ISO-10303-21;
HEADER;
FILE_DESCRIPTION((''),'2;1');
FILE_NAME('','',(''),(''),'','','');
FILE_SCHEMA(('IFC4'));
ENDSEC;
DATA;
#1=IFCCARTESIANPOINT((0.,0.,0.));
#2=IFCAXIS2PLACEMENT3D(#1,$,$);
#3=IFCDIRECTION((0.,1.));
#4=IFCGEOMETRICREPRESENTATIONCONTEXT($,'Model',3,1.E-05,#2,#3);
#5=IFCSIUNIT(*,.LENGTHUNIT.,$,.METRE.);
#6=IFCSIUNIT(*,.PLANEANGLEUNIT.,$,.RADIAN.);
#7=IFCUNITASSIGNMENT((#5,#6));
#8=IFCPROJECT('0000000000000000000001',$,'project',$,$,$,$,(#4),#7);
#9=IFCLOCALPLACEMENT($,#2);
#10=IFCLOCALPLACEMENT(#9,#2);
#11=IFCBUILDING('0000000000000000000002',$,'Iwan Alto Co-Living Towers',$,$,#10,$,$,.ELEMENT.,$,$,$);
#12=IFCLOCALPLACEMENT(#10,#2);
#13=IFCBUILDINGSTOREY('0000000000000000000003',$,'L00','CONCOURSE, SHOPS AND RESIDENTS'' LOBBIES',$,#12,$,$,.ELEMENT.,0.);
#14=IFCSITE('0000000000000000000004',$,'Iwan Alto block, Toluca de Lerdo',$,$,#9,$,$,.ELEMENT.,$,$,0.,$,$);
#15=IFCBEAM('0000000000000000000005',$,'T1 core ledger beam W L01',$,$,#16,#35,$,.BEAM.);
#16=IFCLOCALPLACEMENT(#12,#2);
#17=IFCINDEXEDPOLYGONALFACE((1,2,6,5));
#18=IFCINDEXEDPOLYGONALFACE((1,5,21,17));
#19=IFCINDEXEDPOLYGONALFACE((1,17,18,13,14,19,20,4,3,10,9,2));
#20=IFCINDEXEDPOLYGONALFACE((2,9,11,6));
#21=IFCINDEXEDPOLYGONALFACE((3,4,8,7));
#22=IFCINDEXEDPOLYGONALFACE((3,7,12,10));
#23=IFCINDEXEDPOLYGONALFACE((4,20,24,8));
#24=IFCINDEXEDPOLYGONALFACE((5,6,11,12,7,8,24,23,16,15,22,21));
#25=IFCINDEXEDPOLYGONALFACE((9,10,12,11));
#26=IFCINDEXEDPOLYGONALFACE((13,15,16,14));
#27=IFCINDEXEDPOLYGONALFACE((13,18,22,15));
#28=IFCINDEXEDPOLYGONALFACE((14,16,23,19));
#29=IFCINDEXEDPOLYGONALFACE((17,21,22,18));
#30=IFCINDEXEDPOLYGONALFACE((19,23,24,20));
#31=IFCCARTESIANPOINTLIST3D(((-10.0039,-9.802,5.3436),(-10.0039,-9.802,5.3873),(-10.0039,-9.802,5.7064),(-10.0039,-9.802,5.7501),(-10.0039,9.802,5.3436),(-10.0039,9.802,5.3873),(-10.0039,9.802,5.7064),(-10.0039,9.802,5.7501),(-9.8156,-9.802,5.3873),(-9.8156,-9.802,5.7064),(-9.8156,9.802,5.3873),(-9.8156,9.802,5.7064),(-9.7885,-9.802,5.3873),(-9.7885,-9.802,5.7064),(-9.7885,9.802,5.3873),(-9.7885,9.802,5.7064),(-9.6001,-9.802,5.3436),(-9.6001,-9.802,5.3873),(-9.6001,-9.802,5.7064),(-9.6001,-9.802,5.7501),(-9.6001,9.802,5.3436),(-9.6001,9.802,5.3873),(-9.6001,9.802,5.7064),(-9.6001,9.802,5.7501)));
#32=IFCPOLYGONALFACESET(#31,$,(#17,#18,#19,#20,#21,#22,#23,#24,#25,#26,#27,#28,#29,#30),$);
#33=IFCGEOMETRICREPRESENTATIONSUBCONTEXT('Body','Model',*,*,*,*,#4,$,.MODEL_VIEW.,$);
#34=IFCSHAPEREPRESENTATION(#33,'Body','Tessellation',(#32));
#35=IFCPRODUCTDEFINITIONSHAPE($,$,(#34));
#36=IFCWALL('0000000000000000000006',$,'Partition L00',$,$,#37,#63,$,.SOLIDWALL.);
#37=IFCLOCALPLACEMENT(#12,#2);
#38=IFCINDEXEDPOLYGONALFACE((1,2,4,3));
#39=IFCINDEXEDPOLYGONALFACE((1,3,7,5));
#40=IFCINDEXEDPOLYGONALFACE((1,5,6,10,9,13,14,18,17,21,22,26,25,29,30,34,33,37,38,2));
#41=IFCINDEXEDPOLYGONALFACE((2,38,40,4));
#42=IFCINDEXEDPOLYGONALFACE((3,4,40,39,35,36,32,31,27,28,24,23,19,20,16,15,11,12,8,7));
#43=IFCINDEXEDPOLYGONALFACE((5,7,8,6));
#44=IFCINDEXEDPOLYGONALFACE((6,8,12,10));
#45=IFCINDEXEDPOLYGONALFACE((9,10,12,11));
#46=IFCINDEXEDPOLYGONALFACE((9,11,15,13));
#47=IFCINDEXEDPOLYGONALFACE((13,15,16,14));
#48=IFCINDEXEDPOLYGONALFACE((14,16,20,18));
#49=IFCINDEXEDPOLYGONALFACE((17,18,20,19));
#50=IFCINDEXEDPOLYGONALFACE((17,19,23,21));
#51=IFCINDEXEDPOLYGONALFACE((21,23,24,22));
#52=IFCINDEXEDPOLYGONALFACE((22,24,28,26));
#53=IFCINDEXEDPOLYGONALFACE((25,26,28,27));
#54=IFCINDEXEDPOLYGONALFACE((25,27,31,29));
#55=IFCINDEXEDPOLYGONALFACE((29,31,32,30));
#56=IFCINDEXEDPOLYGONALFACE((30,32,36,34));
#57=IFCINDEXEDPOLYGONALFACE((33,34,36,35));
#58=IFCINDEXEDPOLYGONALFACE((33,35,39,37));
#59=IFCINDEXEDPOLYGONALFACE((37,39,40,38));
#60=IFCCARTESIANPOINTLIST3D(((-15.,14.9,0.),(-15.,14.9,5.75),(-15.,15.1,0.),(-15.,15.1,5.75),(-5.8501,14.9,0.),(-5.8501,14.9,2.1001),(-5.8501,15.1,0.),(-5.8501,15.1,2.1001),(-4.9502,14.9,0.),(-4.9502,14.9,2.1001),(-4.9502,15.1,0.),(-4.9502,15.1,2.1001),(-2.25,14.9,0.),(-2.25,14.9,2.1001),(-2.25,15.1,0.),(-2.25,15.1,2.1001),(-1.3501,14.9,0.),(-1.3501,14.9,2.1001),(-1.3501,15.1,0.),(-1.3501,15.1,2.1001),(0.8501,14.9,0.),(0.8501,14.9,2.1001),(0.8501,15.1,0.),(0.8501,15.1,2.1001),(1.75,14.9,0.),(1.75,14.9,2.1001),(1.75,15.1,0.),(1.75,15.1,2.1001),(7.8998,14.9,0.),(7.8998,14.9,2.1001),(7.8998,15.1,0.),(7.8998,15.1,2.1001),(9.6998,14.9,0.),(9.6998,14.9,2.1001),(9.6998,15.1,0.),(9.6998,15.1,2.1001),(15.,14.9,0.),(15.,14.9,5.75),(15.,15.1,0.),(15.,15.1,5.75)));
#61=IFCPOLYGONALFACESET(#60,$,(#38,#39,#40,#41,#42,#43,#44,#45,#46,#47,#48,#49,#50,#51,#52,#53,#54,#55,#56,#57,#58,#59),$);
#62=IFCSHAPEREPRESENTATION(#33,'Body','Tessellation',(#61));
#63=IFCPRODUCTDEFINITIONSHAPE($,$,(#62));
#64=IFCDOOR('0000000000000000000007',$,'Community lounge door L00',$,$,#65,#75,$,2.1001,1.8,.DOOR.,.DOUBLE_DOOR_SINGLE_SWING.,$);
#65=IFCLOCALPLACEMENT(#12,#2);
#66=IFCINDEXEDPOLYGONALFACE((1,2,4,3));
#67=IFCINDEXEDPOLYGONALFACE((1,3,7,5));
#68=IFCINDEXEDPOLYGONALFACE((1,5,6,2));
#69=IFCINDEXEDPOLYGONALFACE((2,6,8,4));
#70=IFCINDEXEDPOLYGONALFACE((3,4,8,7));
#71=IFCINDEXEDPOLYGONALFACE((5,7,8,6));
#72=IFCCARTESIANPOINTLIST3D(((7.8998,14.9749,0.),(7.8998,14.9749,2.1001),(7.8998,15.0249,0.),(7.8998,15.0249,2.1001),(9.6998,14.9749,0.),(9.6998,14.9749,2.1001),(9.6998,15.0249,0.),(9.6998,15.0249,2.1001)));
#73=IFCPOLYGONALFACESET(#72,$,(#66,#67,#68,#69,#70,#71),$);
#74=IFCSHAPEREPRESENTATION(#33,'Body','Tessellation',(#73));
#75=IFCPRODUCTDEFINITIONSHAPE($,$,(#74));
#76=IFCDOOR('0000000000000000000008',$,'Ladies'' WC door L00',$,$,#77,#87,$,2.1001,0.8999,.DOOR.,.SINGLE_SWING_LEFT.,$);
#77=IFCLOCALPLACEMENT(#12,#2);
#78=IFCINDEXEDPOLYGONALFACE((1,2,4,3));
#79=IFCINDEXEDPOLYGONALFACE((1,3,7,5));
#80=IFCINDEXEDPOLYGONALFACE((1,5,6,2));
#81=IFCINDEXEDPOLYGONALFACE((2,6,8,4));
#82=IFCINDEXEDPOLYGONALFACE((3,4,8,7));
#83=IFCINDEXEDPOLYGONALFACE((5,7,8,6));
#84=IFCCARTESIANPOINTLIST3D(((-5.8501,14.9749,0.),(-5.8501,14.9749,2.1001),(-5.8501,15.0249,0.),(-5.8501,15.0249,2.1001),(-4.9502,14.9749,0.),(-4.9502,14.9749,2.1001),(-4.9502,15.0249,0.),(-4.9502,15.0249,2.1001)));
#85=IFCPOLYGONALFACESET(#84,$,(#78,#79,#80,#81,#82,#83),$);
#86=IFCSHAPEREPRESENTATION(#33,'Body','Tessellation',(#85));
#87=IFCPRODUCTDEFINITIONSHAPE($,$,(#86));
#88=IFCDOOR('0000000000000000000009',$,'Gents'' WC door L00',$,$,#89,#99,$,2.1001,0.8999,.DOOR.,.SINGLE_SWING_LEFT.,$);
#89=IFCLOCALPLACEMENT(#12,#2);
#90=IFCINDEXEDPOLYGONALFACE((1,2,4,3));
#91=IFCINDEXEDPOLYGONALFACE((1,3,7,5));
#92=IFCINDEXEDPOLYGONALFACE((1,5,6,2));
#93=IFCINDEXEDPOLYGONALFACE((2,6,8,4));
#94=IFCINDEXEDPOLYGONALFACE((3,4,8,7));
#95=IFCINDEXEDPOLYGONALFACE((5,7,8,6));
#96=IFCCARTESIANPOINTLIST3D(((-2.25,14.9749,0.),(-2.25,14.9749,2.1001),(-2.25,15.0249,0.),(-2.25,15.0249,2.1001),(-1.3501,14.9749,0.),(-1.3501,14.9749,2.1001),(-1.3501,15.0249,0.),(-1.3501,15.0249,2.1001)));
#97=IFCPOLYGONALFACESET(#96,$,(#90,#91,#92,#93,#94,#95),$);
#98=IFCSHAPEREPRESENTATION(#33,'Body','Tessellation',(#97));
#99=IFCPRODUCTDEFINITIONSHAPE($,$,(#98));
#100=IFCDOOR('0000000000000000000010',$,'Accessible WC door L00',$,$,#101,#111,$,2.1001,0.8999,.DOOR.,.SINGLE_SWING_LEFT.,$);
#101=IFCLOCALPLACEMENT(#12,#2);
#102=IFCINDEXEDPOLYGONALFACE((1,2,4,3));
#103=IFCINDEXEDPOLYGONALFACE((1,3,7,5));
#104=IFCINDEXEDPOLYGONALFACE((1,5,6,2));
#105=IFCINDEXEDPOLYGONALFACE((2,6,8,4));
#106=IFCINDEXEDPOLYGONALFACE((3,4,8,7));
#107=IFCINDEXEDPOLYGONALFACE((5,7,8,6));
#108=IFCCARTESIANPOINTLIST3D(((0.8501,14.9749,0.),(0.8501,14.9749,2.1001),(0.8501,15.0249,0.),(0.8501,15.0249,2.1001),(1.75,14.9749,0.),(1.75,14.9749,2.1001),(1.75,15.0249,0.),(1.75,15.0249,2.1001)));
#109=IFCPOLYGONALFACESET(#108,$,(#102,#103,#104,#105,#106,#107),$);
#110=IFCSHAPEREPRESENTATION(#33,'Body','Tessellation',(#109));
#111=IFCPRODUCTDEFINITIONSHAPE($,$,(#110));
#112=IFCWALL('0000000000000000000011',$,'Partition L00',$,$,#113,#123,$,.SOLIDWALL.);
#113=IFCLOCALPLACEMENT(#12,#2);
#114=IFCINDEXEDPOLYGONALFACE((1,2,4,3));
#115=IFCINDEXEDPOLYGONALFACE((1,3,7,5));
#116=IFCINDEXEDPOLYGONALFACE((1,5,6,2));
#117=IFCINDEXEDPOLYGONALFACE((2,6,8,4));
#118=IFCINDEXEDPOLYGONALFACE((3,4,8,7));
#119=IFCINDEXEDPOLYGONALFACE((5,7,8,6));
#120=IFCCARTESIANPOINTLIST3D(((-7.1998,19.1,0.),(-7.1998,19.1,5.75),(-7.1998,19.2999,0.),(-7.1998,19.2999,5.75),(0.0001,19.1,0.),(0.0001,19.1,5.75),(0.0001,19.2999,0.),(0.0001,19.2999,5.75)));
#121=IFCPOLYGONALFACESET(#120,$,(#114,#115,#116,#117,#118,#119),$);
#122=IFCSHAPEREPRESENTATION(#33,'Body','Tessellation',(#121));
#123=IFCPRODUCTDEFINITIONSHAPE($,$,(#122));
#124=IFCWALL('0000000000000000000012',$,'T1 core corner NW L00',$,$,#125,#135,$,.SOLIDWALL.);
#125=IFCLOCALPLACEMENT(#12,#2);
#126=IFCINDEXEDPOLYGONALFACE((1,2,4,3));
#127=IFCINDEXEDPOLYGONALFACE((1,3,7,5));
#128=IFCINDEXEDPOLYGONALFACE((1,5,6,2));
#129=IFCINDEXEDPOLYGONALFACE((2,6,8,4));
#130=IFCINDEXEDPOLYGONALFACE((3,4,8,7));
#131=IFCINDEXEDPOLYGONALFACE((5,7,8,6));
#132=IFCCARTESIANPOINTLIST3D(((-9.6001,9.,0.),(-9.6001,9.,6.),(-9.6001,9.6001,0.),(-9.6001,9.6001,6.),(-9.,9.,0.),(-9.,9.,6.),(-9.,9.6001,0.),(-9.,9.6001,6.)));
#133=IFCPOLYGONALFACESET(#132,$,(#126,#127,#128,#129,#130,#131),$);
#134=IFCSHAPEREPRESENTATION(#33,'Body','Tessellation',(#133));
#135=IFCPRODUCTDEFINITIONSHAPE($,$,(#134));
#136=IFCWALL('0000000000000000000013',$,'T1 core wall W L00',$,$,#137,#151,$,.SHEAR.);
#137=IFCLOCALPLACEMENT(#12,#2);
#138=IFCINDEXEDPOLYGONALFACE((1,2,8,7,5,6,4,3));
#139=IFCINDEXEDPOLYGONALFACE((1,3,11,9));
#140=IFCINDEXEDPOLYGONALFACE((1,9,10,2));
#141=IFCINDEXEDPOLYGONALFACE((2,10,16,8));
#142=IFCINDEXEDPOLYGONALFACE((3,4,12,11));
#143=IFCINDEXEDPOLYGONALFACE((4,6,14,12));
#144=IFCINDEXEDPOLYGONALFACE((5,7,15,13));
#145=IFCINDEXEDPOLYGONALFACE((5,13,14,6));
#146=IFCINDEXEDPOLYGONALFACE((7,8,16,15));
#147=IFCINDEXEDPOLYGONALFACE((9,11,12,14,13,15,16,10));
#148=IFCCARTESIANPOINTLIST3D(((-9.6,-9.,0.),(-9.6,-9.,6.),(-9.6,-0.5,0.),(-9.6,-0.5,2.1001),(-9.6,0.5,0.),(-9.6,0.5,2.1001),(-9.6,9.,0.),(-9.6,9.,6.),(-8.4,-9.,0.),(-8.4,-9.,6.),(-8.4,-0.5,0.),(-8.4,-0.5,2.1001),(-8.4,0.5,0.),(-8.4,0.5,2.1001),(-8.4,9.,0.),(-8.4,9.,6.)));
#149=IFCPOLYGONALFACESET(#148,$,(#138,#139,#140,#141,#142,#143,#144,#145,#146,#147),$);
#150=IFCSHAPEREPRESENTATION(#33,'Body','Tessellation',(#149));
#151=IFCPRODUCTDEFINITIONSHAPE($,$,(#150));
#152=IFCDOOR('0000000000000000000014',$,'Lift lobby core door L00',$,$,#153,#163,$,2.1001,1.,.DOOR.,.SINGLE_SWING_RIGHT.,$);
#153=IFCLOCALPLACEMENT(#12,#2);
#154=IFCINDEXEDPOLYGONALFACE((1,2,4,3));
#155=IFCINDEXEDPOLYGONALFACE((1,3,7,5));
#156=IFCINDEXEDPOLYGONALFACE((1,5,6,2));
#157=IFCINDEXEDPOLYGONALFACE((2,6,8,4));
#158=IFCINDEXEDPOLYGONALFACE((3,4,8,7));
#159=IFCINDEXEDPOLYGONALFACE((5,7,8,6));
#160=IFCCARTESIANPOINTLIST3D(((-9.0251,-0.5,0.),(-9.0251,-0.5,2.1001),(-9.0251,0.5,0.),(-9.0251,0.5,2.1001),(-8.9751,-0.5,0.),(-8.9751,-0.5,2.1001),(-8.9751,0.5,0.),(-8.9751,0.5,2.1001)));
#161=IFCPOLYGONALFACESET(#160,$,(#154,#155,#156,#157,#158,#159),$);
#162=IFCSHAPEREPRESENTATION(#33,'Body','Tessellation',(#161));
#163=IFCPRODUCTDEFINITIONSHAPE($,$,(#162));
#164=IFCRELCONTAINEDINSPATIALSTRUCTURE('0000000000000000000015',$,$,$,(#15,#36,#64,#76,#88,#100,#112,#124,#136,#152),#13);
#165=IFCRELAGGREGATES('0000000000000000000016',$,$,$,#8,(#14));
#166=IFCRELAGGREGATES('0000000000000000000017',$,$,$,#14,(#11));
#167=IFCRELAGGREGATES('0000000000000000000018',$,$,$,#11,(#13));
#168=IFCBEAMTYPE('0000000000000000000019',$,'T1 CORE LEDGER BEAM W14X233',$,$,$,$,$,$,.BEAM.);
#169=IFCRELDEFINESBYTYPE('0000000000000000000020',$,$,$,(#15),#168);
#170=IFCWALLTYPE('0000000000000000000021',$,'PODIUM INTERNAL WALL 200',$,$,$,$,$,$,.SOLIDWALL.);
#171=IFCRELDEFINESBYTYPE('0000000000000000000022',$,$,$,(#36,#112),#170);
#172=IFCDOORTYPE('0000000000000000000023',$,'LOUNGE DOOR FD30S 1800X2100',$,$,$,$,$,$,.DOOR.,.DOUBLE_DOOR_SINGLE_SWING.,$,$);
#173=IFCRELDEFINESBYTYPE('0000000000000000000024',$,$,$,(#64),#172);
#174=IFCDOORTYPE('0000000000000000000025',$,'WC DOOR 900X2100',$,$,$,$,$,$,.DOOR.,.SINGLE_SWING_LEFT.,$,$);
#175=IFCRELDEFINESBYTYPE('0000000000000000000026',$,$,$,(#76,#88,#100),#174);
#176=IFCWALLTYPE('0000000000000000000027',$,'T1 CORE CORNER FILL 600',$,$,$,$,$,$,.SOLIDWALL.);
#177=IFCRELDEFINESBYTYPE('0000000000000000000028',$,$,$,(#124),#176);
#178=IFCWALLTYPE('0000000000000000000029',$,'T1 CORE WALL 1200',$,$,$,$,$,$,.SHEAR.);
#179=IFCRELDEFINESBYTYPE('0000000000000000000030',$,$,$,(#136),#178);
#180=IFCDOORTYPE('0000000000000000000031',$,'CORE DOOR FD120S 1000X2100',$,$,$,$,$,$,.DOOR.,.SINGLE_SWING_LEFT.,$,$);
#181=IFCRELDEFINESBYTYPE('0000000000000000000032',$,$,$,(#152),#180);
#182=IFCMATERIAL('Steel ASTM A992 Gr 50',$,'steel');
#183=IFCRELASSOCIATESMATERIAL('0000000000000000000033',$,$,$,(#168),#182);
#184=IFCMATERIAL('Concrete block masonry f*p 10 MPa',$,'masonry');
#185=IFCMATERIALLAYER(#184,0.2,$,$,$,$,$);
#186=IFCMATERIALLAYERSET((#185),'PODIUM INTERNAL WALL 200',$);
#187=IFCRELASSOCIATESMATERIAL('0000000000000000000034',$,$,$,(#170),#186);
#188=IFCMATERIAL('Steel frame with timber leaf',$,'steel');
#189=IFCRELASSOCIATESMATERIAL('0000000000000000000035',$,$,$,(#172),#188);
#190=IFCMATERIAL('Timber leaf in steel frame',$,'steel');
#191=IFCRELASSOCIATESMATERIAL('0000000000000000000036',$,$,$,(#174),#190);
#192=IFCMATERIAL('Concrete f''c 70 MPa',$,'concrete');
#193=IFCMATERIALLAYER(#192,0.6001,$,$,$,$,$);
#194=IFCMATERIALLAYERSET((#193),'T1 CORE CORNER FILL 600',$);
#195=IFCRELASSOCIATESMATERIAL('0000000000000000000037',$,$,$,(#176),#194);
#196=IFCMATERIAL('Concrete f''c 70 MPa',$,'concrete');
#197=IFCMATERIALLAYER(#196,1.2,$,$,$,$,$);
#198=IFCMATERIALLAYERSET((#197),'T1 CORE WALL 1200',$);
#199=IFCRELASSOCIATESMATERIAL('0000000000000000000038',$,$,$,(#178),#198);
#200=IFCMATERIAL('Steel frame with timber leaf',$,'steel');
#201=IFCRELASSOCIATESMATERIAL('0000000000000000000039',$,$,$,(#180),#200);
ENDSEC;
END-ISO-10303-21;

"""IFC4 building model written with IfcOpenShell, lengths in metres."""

from ifc_helpers import new_model, si_unit, direction, frame, frame_2d, origin, origin_2d, place, context, subcontext, project, spatial, rectangle, i_section, extrude, material, layer, layer_set, material_profile, profile_set, type_object, element, fill, save


model = new_model("IFC4")

# Units and contexts
model_context = context("Model", 3, precision=1e-05, world=origin(), true_north=direction((0.0, 1.0)))
body_context = subcontext(model_context, "Body", "Model", "MODEL_VIEW")
ifc_project = project(units=[si_unit("LENGTHUNIT", "METRE"), si_unit("PLANEANGLEUNIT", "RADIAN")], contexts=[model_context])

# Site, building, storey
site_placement = place(None, origin())
site = spatial("IfcSite", under=ifc_project, at=site_placement, Name="Iwan Alto block, Toluca de Lerdo", CompositionType="ELEMENT", RefElevation=0.0)
building_placement = place(site_placement, origin())
building = spatial("IfcBuilding", under=site, at=building_placement, Name="Iwan Alto Co-Living Towers", CompositionType="ELEMENT")
storey_placement = place(building_placement, origin())
storey = spatial("IfcBuildingStorey", under=building, at=storey_placement, Name="L00", Description="CONCOURSE, SHOPS AND RESIDENTS' LOBBIES", CompositionType="ELEMENT", Elevation=0.0)

# Beam
ifc_material_1 = material(Name="Steel ASTM A992 Gr 50", Category="steel")
ifc_material_profile_1 = material_profile(ifc_material_1, i_section(OverallWidth=0.4038, OverallDepth=0.4065, WebThickness=0.0271, FlangeThickness=0.0437, at=origin_2d()), Name="W14X233")
ifc_profile_set_1 = profile_set([ifc_material_profile_1], Name="Steel ASTM A992 Gr 50")
beam_type = type_object("IfcBeamType", Name="T1 CORE LEDGER BEAM W14X233", PredefinedType="BEAM", material=ifc_profile_set_1)
beam_placement = place(storey_placement, frame((-9.802, 9.802, 5.5469), z_axis=(0.0, -1.0, 0.0), x_axis=(1.0, 0.0, 0.0)))
element("IfcBeam", 1, at=beam_placement, inside=storey, type_object=beam_type, Name="T1 core ledger beam W L01", PredefinedType="BEAM", context=body_context, shape_type="SweptSolid", body=[
    extrude(i_section(OverallWidth=0.4038, OverallDepth=0.4065, WebThickness=0.0271, FlangeThickness=0.0437, at=origin_2d()), origin(), (0.0, 0.0, 1.0), 19.604),
])

# Wall, openings, doors
ifc_material_2 = material(Name="Concrete block masonry f*p 10 MPa", Category="masonry")
ifc_layer_1 = layer(ifc_material_2, 0.2)
ifc_layer_set_1 = layer_set([ifc_layer_1], Name="PODIUM INTERNAL WALL 200")
wall_type_1 = type_object("IfcWallType", Name="PODIUM INTERNAL WALL 200", PredefinedType="SOLIDWALL", material=ifc_layer_set_1)
wall_1_placement = place(storey_placement, frame((-15.0, 15.0, 0.0), z_axis=(0.0, 0.0, 1.0), x_axis=(1.0, 0.0, 0.0)))
wall_1 = element("IfcWall", 2, at=wall_1_placement, inside=storey, type_object=wall_type_1, Name="Partition L00", PredefinedType="SOLIDWALL", context=body_context, shape_type="SweptSolid", body=[
    extrude(rectangle(XDim=30.0, YDim=0.2, at=frame_2d((15.0, 0.0))), origin(), (0.0, 0.0, 1.0), 5.75),
])
opening_1_placement = place(wall_1_placement, frame((9.1499, 0.0, 0.0)))
opening_1 = element("IfcOpeningElement", 3, at=opening_1_placement, cuts=wall_1, PredefinedType="OPENING", context=body_context, shape_type="SweptSolid", body=[
    extrude(rectangle(XDim=0.8999, YDim=2.1001, at=frame_2d((0.45, 1.05))), frame((0.0, 0.1099, 0.0), z_axis=(0.0, -1.0, 0.0), x_axis=(1.0, 0.0, 0.0)), (0.0, 0.0, 1.0), 0.22),
])
opening_2_placement = place(wall_1_placement, frame((12.75, 0.0, 0.0)))
opening_2 = element("IfcOpeningElement", 4, at=opening_2_placement, cuts=wall_1, PredefinedType="OPENING", context=body_context, shape_type="SweptSolid", body=[
    extrude(rectangle(XDim=0.8999, YDim=2.1001, at=frame_2d((0.45, 1.05))), frame((0.0, 0.1099, 0.0), z_axis=(0.0, -1.0, 0.0), x_axis=(1.0, 0.0, 0.0)), (0.0, 0.0, 1.0), 0.22),
])
opening_3_placement = place(wall_1_placement, frame((15.8501, 0.0, 0.0)))
opening_3 = element("IfcOpeningElement", 5, at=opening_3_placement, cuts=wall_1, PredefinedType="OPENING", context=body_context, shape_type="SweptSolid", body=[
    extrude(rectangle(XDim=0.8999, YDim=2.1001, at=frame_2d((0.45, 1.05))), frame((0.0, 0.1099, 0.0), z_axis=(0.0, -1.0, 0.0), x_axis=(1.0, 0.0, 0.0)), (0.0, 0.0, 1.0), 0.22),
])
opening_4_placement = place(wall_1_placement, frame((22.8999, 0.0, 0.0)))
opening_4 = element("IfcOpeningElement", 6, at=opening_4_placement, cuts=wall_1, PredefinedType="OPENING", context=body_context, shape_type="SweptSolid", body=[
    extrude(rectangle(XDim=1.8, YDim=2.1001, at=frame_2d((0.8999, 1.05))), frame((0.0, 0.1099, 0.0), z_axis=(0.0, -1.0, 0.0), x_axis=(1.0, 0.0, 0.0)), (0.0, 0.0, 1.0), 0.22),
])
ifc_material_3 = material(Name="Steel frame with timber leaf", Category="steel")
door_type_1 = type_object("IfcDoorType", Name="LOUNGE DOOR FD30S 1800X2100", OperationType="DOUBLE_DOOR_SINGLE_SWING", PredefinedType="DOOR", material=ifc_material_3)
door_1_placement = place(opening_4_placement, origin())
door_1 = element("IfcDoor", 7, at=door_1_placement, inside=storey, type_object=door_type_1, Name="Community lounge door L00", OperationType="DOUBLE_DOOR_SINGLE_SWING", OverallHeight=2.1001, OverallWidth=1.8, PredefinedType="DOOR", context=body_context, shape_type="SweptSolid", body=[
    extrude(rectangle(XDim=1.8, YDim=2.1001, at=frame_2d((0.8999, 1.05))), frame((0.0, 0.0249, 0.0), z_axis=(0.0, -1.0, 0.0), x_axis=(1.0, 0.0, 0.0)), (0.0, 0.0, 1.0), 0.05),
])
fill(opening_4, door_1)
ifc_material_4 = material(Name="Timber leaf in steel frame", Category="steel")
door_type_2 = type_object("IfcDoorType", Name="WC DOOR 900X2100", OperationType="SINGLE_SWING_LEFT", PredefinedType="DOOR", material=ifc_material_4)
door_2_placement = place(opening_1_placement, origin())
door_2 = element("IfcDoor", 8, at=door_2_placement, inside=storey, type_object=door_type_2, Name="Ladies' WC door L00", OperationType="SINGLE_SWING_LEFT", OverallHeight=2.1001, OverallWidth=0.8999, PredefinedType="DOOR", context=body_context, shape_type="SweptSolid", body=[
    extrude(rectangle(XDim=0.8999, YDim=2.1001, at=frame_2d((0.45, 1.05))), frame((0.0, 0.0249, 0.0), z_axis=(0.0, -1.0, 0.0), x_axis=(1.0, 0.0, 0.0)), (0.0, 0.0, 1.0), 0.05),
])
fill(opening_1, door_2)
door_3_placement = place(opening_2_placement, origin())
door_3 = element("IfcDoor", 9, at=door_3_placement, inside=storey, type_object=door_type_2, Name="Gents' WC door L00", OperationType="SINGLE_SWING_LEFT", OverallHeight=2.1001, OverallWidth=0.8999, PredefinedType="DOOR", context=body_context, shape_type="SweptSolid", body=[
    extrude(rectangle(XDim=0.8999, YDim=2.1001, at=frame_2d((0.45, 1.05))), frame((0.0, 0.0249, 0.0), z_axis=(0.0, -1.0, 0.0), x_axis=(1.0, 0.0, 0.0)), (0.0, 0.0, 1.0), 0.05),
])
fill(opening_2, door_3)
door_4_placement = place(opening_3_placement, origin())
door_4 = element("IfcDoor", 10, at=door_4_placement, inside=storey, type_object=door_type_2, Name="Accessible WC door L00", OperationType="SINGLE_SWING_LEFT", OverallHeight=2.1001, OverallWidth=0.8999, PredefinedType="DOOR", context=body_context, shape_type="SweptSolid", body=[
    extrude(rectangle(XDim=0.8999, YDim=2.1001, at=frame_2d((0.45, 1.05))), frame((0.0, 0.0249, 0.0), z_axis=(0.0, -1.0, 0.0), x_axis=(1.0, 0.0, 0.0)), (0.0, 0.0, 1.0), 0.05),
])
fill(opening_3, door_4)

# Walls
wall_2_placement = place(storey_placement, frame((-7.2, 19.2, 0.0), z_axis=(0.0, 0.0, 1.0), x_axis=(1.0, 0.0, 0.0)))
element("IfcWall", 11, at=wall_2_placement, inside=storey, type_object=wall_type_1, Name="Partition L00", PredefinedType="SOLIDWALL", context=body_context, shape_type="SweptSolid", body=[
    extrude(rectangle(XDim=7.2, YDim=0.2, at=frame_2d((3.6001, 0.0))), origin(), (0.0, 0.0, 1.0), 5.75),
])
ifc_material_5 = material(Name="Concrete f'c 70 MPa", Category="concrete")
ifc_layer_2 = layer(ifc_material_5, 0.6001)
ifc_layer_set_2 = layer_set([ifc_layer_2], Name="T1 CORE CORNER FILL 600")
wall_type_2 = type_object("IfcWallType", Name="T1 CORE CORNER FILL 600", PredefinedType="SOLIDWALL", material=ifc_layer_set_2)
wall_3_placement = place(storey_placement, frame((-9.6001, 9.3, 0.0), z_axis=(0.0, 0.0, 1.0), x_axis=(1.0, 0.0, 0.0)))
element("IfcWall", 12, at=wall_3_placement, inside=storey, type_object=wall_type_2, Name="T1 core corner NW L00", PredefinedType="SOLIDWALL", context=body_context, shape_type="SweptSolid", body=[
    extrude(rectangle(XDim=0.6001, YDim=0.6001, at=frame_2d((0.3, 0.0))), origin(), (0.0, 0.0, 1.0), 6.0),
])

# Wall, opening, door
ifc_material_6 = material(Name="Concrete f'c 70 MPa", Category="concrete")
ifc_layer_3 = layer(ifc_material_6, 1.2)
ifc_layer_set_3 = layer_set([ifc_layer_3], Name="T1 CORE WALL 1200")
wall_type_3 = type_object("IfcWallType", Name="T1 CORE WALL 1200", PredefinedType="SHEAR", material=ifc_layer_set_3)
wall_4_placement = place(storey_placement, frame((-9.0, 9.0, 0.0), z_axis=(0.0, 0.0, 1.0), x_axis=(0.0, -1.0, 0.0)))
wall_4 = element("IfcWall", 13, at=wall_4_placement, inside=storey, type_object=wall_type_3, Name="T1 core wall W L00", PredefinedType="SHEAR", context=body_context, shape_type="SweptSolid", body=[
    extrude(rectangle(XDim=18.0, YDim=1.2, at=frame_2d((9.0, 0.0))), origin(), (0.0, 0.0, 1.0), 6.0),
])
opening_5_placement = place(wall_4_placement, frame((8.5, 0.0, 0.0)))
opening_5 = element("IfcOpeningElement", 14, at=opening_5_placement, cuts=wall_4, PredefinedType="OPENING", context=body_context, shape_type="SweptSolid", body=[
    extrude(rectangle(XDim=1.0, YDim=2.1001, at=frame_2d((0.5, 1.05))), frame((0.0, 0.6099, 0.0), z_axis=(0.0, -1.0, 0.0), x_axis=(1.0, 0.0, 0.0)), (0.0, 0.0, 1.0), 1.22),
])
ifc_material_7 = material(Name="Steel frame with timber leaf", Category="steel")
door_type_3 = type_object("IfcDoorType", Name="CORE DOOR FD120S 1000X2100", OperationType="SINGLE_SWING_LEFT", PredefinedType="DOOR", material=ifc_material_7)
door_5_placement = place(opening_5_placement, origin())
door_5 = element("IfcDoor", 15, at=door_5_placement, inside=storey, type_object=door_type_3, Name="Lift lobby core door L00", OperationType="SINGLE_SWING_RIGHT", OverallHeight=2.1001, OverallWidth=1.0, PredefinedType="DOOR", context=body_context, shape_type="SweptSolid", body=[
    extrude(rectangle(XDim=1.0, YDim=2.1001, at=frame_2d((0.5, 1.05))), frame((0.0, 0.0249, 0.0), z_axis=(0.0, -1.0, 0.0), x_axis=(1.0, 0.0, 0.0)), (0.0, 0.0, 1.0), 0.05),
])
fill(opening_5, door_5)

save(model, "model.ifc")
